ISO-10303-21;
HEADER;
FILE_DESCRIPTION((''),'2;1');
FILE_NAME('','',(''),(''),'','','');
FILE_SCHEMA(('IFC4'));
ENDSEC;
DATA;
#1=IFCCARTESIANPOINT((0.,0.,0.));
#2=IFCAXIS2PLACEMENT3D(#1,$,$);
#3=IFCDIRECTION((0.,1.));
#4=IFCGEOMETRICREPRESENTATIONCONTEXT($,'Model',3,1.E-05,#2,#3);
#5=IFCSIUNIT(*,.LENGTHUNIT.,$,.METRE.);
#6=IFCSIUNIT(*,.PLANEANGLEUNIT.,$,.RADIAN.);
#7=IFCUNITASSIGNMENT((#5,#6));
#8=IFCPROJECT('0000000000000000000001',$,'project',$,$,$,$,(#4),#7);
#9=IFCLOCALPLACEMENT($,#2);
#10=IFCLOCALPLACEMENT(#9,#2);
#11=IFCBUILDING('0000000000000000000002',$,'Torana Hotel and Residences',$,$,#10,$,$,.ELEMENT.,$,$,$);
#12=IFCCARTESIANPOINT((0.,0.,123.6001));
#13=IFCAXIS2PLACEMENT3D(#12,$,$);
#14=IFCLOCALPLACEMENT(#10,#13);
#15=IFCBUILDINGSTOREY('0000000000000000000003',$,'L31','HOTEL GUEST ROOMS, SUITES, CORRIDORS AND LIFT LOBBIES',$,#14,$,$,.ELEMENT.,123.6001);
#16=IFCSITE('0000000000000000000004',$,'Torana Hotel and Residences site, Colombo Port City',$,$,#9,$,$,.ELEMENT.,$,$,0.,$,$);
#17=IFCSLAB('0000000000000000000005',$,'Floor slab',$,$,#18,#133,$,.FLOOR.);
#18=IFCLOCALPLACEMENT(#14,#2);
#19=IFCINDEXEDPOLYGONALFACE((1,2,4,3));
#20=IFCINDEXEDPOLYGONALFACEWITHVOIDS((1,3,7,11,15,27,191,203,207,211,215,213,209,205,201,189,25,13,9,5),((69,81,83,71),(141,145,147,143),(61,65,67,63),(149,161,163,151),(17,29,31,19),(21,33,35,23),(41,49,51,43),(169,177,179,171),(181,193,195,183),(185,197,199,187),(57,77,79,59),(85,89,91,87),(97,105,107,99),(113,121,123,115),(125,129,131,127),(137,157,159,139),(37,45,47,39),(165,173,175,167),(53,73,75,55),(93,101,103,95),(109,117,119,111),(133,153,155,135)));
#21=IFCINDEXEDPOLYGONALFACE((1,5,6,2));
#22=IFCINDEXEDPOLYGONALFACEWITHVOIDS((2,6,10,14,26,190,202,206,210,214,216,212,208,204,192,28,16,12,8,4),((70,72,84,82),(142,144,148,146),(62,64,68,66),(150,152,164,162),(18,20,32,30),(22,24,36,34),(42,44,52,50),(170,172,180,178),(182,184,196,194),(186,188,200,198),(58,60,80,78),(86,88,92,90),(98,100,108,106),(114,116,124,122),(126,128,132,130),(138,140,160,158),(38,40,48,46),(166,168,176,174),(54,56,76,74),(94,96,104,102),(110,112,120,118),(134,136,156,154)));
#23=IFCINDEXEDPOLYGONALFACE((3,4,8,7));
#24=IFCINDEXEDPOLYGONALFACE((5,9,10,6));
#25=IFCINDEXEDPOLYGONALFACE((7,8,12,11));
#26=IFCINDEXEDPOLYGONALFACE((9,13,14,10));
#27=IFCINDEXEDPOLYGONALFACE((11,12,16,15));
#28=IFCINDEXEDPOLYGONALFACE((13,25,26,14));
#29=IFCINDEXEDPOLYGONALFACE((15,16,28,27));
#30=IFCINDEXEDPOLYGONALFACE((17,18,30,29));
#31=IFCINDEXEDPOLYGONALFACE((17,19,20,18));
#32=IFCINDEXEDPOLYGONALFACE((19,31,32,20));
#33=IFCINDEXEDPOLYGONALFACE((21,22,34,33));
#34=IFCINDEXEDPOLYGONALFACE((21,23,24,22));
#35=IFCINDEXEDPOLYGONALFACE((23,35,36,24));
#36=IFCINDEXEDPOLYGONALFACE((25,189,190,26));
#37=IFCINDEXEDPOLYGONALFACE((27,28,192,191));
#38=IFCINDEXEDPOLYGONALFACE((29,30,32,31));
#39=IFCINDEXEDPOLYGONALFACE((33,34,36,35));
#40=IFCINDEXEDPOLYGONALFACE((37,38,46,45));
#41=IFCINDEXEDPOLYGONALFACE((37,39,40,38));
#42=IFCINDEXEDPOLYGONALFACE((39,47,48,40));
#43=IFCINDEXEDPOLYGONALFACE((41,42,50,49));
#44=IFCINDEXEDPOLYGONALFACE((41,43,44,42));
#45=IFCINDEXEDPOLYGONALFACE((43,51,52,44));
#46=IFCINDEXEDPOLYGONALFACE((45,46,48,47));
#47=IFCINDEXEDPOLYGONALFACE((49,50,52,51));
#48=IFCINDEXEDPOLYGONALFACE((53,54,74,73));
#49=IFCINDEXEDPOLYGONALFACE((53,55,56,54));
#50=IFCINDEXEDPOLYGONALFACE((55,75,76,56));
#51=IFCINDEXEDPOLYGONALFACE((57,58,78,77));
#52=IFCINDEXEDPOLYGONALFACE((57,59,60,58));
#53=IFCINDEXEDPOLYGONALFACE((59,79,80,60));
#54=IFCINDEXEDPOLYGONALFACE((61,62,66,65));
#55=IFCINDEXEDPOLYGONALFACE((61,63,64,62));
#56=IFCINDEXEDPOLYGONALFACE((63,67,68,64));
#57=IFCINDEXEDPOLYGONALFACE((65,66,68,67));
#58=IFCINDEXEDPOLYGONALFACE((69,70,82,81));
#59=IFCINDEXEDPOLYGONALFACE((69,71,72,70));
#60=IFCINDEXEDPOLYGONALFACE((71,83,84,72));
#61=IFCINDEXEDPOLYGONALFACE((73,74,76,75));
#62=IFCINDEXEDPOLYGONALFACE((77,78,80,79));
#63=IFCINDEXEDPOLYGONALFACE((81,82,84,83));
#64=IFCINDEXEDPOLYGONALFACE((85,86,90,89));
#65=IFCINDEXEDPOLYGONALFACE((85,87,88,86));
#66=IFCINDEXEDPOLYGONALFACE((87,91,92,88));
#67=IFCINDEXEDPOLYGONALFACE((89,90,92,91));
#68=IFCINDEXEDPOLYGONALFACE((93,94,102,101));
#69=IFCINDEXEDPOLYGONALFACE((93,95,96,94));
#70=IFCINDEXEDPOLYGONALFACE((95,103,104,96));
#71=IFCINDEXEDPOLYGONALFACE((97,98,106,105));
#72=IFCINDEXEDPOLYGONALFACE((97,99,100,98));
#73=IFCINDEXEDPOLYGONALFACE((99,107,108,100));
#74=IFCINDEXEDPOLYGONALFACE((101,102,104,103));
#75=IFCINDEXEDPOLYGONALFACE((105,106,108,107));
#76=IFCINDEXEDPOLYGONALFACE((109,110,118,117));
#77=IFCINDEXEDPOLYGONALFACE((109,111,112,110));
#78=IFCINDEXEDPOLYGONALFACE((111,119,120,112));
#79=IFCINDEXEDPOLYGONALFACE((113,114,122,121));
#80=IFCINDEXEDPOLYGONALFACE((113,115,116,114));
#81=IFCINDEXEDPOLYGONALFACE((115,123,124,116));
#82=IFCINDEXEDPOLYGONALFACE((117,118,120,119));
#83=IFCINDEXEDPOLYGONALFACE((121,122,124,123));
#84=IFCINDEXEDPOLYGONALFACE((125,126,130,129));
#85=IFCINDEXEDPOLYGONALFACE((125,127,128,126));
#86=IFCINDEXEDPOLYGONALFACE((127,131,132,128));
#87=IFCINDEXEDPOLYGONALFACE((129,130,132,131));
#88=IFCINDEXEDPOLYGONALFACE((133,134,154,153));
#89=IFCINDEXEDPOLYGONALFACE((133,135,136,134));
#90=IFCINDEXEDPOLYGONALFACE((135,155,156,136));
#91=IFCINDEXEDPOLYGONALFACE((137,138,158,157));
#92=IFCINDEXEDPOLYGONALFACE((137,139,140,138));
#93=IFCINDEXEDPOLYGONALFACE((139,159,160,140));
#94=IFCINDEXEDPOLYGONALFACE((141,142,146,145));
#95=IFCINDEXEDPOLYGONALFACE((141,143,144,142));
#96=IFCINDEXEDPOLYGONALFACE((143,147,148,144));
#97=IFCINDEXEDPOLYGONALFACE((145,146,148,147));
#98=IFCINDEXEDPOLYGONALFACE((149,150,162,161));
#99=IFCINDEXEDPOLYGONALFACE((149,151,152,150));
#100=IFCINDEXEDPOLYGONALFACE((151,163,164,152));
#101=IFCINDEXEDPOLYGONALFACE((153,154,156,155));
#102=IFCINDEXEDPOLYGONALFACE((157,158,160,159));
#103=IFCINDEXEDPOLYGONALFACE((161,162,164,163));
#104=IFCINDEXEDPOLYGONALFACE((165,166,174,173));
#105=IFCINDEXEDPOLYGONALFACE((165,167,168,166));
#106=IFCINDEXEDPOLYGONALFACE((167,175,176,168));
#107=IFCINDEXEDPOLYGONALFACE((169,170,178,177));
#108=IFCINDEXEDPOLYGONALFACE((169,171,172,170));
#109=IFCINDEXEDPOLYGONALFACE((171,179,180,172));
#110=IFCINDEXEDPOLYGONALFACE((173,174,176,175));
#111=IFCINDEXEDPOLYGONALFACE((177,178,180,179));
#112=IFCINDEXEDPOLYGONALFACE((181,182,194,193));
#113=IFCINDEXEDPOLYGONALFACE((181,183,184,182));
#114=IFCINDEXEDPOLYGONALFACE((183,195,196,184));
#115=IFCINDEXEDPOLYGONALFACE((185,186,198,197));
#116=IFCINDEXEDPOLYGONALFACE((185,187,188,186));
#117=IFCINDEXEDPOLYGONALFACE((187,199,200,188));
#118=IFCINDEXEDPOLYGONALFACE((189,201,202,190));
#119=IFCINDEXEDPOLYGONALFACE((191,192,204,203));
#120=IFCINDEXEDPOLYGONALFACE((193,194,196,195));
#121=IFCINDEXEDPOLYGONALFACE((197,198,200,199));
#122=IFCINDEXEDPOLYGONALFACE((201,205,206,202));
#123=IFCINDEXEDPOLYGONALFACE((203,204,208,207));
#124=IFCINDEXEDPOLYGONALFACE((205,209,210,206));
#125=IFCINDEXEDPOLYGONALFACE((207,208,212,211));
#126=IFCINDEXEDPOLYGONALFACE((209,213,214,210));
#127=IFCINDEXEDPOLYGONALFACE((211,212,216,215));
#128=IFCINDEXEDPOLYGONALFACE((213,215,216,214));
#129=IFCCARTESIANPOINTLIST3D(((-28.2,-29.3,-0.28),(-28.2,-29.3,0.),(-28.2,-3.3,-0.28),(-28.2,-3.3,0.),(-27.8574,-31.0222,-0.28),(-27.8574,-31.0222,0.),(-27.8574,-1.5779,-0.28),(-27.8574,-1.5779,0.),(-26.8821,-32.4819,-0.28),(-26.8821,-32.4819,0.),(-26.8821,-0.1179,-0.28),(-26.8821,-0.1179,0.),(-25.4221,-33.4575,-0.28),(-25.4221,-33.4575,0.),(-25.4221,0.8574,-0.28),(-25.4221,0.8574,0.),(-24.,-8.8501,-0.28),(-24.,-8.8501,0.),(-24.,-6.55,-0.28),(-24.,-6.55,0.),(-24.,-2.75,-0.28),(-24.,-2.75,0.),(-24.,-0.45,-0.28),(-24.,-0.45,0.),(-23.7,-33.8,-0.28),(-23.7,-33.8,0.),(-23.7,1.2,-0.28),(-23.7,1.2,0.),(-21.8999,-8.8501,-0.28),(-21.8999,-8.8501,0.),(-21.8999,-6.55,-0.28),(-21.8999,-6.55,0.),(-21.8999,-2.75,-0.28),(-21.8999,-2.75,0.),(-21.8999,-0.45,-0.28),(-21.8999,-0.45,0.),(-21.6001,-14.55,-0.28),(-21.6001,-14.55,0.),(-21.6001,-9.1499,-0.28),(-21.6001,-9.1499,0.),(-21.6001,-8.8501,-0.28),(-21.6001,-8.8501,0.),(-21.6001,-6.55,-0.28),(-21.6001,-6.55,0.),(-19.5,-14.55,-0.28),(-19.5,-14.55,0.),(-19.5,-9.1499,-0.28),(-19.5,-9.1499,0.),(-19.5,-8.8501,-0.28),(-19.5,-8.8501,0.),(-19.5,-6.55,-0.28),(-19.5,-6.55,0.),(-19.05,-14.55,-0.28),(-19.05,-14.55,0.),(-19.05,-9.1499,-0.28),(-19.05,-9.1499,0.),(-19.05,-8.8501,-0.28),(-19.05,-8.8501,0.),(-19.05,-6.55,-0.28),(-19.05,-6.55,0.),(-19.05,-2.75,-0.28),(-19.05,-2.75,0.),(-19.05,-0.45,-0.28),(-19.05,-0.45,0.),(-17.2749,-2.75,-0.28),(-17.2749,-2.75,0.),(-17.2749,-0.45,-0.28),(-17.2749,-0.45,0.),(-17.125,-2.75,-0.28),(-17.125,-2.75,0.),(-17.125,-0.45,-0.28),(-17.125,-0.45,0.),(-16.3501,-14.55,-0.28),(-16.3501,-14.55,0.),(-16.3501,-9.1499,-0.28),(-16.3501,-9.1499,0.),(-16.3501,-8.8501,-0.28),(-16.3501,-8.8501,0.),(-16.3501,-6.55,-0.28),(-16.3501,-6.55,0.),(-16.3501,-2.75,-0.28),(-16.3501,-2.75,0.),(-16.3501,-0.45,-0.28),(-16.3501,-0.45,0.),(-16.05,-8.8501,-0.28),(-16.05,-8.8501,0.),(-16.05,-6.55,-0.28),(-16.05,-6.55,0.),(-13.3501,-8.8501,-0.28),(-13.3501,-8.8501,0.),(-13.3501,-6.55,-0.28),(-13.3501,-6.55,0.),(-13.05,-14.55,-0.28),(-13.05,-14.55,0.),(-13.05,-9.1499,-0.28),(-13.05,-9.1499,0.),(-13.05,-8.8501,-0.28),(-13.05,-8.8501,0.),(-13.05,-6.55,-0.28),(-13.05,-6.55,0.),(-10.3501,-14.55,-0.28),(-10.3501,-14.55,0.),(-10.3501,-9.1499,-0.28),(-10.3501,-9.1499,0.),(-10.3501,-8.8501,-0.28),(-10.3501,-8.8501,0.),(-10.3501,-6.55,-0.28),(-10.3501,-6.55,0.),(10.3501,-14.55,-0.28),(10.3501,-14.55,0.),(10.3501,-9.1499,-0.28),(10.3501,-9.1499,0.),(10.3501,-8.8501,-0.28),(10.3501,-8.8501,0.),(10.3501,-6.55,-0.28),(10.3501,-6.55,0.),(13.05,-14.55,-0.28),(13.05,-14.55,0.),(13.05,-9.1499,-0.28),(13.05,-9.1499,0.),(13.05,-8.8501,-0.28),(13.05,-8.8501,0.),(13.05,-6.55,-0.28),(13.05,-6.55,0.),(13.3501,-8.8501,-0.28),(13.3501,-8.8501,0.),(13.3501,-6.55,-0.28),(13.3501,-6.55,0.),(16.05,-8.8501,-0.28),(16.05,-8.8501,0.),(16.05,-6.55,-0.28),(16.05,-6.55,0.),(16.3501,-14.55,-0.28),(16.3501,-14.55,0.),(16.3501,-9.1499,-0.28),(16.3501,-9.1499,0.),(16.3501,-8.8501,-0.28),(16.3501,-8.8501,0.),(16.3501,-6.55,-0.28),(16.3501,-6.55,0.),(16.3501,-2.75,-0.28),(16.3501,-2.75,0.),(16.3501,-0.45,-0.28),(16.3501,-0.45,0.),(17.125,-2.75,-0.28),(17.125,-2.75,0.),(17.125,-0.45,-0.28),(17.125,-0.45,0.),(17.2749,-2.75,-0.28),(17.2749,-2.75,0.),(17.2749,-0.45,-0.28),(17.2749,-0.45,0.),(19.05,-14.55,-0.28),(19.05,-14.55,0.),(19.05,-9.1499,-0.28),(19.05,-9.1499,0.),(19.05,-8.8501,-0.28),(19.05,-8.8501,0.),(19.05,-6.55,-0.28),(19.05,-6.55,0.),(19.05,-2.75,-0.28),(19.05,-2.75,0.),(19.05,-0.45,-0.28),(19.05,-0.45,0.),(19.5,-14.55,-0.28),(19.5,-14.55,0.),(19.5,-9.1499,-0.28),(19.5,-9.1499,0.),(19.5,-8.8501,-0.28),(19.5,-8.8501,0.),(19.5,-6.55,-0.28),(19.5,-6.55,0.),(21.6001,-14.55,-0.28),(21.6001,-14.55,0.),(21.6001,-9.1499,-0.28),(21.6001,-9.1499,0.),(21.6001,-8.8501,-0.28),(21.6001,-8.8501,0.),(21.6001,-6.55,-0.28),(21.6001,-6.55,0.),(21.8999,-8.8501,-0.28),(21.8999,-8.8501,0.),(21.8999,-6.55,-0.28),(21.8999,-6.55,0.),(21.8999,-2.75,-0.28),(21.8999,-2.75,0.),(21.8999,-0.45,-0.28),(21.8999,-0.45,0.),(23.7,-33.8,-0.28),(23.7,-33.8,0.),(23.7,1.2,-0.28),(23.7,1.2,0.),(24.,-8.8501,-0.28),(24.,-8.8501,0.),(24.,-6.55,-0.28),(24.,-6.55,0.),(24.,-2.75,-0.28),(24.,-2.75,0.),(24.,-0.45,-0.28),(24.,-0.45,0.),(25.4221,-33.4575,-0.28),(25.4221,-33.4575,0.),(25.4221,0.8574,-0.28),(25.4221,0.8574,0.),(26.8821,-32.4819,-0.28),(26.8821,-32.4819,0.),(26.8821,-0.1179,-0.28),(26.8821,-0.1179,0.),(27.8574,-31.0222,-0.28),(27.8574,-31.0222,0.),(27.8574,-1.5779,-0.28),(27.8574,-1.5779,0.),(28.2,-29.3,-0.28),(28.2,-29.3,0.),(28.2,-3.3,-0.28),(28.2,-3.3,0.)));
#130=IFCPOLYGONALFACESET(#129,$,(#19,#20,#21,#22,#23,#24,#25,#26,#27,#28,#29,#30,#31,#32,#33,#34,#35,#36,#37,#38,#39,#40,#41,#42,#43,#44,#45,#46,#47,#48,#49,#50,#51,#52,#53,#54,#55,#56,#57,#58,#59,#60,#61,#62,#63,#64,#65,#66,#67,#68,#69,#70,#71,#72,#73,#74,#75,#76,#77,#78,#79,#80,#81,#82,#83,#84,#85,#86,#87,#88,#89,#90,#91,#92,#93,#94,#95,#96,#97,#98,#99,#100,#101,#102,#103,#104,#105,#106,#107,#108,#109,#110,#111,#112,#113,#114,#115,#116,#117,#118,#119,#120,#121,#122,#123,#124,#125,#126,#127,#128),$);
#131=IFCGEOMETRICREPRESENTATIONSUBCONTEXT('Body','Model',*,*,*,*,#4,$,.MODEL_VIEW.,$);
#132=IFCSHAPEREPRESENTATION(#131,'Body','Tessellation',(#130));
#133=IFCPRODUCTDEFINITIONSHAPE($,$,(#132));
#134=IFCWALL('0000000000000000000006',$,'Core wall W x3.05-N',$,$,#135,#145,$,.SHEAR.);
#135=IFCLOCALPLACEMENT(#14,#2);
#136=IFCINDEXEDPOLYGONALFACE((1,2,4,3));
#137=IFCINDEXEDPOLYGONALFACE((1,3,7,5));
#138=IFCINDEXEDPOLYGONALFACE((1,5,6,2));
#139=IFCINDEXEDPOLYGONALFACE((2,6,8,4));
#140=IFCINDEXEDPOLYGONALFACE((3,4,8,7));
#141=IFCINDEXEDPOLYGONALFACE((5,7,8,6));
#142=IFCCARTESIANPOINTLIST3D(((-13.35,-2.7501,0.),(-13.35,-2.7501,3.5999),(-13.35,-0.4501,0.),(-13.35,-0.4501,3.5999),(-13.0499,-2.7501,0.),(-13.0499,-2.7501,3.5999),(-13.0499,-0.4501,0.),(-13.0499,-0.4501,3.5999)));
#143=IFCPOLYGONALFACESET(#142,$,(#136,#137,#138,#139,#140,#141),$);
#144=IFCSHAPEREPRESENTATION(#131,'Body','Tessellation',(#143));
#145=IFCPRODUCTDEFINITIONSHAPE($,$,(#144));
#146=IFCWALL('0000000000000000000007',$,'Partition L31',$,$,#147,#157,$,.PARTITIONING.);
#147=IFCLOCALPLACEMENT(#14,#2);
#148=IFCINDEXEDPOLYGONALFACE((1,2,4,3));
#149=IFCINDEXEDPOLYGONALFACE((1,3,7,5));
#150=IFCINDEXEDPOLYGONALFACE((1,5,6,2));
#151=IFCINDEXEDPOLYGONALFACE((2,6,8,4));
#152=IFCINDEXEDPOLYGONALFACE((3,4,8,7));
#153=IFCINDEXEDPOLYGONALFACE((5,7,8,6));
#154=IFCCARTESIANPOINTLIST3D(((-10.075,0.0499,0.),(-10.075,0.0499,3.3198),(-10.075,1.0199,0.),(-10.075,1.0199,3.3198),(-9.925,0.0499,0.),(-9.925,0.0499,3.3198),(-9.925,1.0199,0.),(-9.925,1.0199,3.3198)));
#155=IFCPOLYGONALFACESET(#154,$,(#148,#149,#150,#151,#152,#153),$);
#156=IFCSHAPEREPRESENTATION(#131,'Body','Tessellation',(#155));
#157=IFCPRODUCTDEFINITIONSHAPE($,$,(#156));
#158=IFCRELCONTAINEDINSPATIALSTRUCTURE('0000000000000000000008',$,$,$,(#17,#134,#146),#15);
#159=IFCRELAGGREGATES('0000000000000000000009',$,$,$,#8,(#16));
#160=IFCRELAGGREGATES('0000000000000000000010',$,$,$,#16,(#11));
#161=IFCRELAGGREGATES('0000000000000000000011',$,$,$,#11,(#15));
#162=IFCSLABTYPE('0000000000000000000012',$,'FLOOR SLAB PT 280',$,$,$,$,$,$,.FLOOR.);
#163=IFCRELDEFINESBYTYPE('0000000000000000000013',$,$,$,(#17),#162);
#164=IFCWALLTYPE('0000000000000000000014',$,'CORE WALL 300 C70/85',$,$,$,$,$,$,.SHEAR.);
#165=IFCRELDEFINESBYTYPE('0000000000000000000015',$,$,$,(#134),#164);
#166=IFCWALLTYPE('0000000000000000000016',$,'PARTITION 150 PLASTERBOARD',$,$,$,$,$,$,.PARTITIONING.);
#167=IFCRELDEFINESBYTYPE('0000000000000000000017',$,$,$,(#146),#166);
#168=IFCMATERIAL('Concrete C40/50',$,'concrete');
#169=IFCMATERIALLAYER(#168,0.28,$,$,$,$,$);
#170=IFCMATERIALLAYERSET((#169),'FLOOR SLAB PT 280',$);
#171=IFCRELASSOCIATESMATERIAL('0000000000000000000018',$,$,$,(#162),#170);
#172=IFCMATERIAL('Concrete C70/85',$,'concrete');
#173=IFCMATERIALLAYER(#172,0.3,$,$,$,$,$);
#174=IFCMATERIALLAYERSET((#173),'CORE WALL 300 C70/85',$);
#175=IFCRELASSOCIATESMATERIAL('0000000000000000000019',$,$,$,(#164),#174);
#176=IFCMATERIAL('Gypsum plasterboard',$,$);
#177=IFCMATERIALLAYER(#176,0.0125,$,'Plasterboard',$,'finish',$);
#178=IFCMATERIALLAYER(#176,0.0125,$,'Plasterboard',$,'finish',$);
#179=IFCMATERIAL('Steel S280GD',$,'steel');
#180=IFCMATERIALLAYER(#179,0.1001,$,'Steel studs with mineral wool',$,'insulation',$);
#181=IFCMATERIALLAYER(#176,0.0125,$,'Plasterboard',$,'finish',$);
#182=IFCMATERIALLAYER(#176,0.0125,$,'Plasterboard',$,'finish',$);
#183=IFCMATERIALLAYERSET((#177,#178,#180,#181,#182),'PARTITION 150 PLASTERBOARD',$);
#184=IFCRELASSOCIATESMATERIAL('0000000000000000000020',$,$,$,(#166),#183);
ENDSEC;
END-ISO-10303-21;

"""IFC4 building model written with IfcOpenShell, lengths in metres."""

from ifc_helpers import new_model, si_unit, direction, frame, frame_2d, origin, place, context, subcontext, project, spatial, polyline, rectangle, outline, extrude, material, layer, layer_set, type_object, element, save


model = new_model("IFC4")

# Units and contexts
model_context = context("Model", 3, precision=1e-05, world=origin(), true_north=direction((0.0, 1.0)))
body_context = subcontext(model_context, "Body", "Model", "MODEL_VIEW")
ifc_project = project(units=[si_unit("LENGTHUNIT", "METRE"), si_unit("PLANEANGLEUNIT", "RADIAN")], contexts=[model_context])

# Site, building, storey
site_placement = place(None, origin())
site = spatial("IfcSite", under=ifc_project, at=site_placement, Name="Torana Hotel and Residences site, Colombo Port City", CompositionType="ELEMENT", RefElevation=0.0)
building_placement = place(site_placement, origin())
building = spatial("IfcBuilding", under=site, at=building_placement, Name="Torana Hotel and Residences", CompositionType="ELEMENT")
storey_placement = place(building_placement, frame((0.0, 0.0, 123.6001)))
storey = spatial("IfcBuildingStorey", under=building, at=storey_placement, Name="L31", Description="HOTEL GUEST ROOMS, SUITES, CORRIDORS AND LIFT LOBBIES", CompositionType="ELEMENT", Elevation=123.6001)

# Slab
ifc_material_1 = material(Name="Concrete C40/50", Category="concrete")
ifc_layer_1 = layer(ifc_material_1, 0.28)
ifc_layer_set_1 = layer_set([ifc_layer_1], Name="FLOOR SLAB PT 280")
slab_type_1 = type_object("IfcSlabType", Name="FLOOR SLAB PT 280", PredefinedType="FLOOR", material=ifc_layer_set_1)
slab_1_placement = place(storey_placement, frame((0.0, 0.0, -0.28)))
element("IfcSlab", 1, at=slab_1_placement, inside=storey, type_object=slab_type_1, Name="Floor slab", PredefinedType="FLOOR", context=body_context, shape_type="SweptSolid", body=[
    extrude(outline(polyline([(28.2, -3.3), (27.8574, -1.5779), (26.8821, -0.1179), (25.4221, 0.8574), (23.7, 1.2), (-23.7, 1.2), (-25.4221, 0.8574), (-26.8821, -0.1179), (-27.8574, -1.5779), (-28.2, -3.3), (-28.2, -29.3), (-27.8574, -31.0222), (-26.8821, -32.4819), (-25.4221, -33.4575), (-23.7, -33.8), (23.7, -33.8), (25.4221, -33.4575), (26.8821, -32.4819), (27.8574, -31.0222), (28.2, -29.3), (28.2, -3.3)]), holes=[polyline([(-13.05, -14.55), (-10.3501, -14.55), (-10.3501, -9.1499), (-13.05, -9.1499), (-13.05, -14.55)]), polyline([(-19.05, -14.55), (-16.3501, -14.55), (-16.3501, -9.1499), (-19.05, -9.1499), (-19.05, -14.55)]), polyline([(-17.125, -2.75), (-16.3501, -2.75), (-16.3501, -0.45), (-17.125, -0.45), (-17.125, -2.75)]), polyline([(-19.05, -2.75), (-17.2749, -2.75), (-17.2749, -0.45), (-19.05, -0.45), (-19.05, -2.75)]), polyline([(-21.6001, -8.8501), (-19.5, -8.8501), (-19.5, -6.55), (-21.6001, -6.55), (-21.6001, -8.8501)]), polyline([(-24.0, -2.75), (-21.8999, -2.75), (-21.8999, -0.45), (-24.0, -0.45), (-24.0, -2.75)]), polyline([(-24.0, -8.8501), (-21.8999, -8.8501), (-21.8999, -6.55), (-24.0, -6.55), (-24.0, -8.8501)]), polyline([(-13.05, -8.8501), (-10.3501, -8.8501), (-10.3501, -6.55), (-13.05, -6.55), (-13.05, -8.8501)]), polyline([(-16.05, -8.8501), (-13.3501, -8.8501), (-13.3501, -6.55), (-16.05, -6.55), (-16.05, -8.8501)]), polyline([(-19.05, -8.8501), (-16.3501, -8.8501), (-16.3501, -6.55), (-19.05, -6.55), (-19.05, -8.8501)]), polyline([(-21.6001, -14.55), (-19.5, -14.55), (-19.5, -9.1499), (-21.6001, -9.1499), (-21.6001, -14.55)]), polyline([(10.3501, -14.55), (13.05, -14.55), (13.05, -9.1499), (10.3501, -9.1499), (10.3501, -14.55)]), polyline([(16.3501, -14.55), (19.05, -14.55), (19.05, -9.1499), (16.3501, -9.1499), (16.3501, -14.55)]), polyline([(16.3501, -2.75), (17.125, -2.75), (17.125, -0.45), (16.3501, -0.45), (16.3501, -2.75)]), polyline([(17.2749, -2.75), (19.05, -2.75), (19.05, -0.45), (17.2749, -0.45), (17.2749, -2.75)]), polyline([(19.5, -8.8501), (21.6001, -8.8501), (21.6001, -6.55), (19.5, -6.55), (19.5, -8.8501)]), polyline([(21.8999, -2.75), (24.0, -2.75), (24.0, -0.45), (21.8999, -0.45), (21.8999, -2.75)]), polyline([(21.8999, -8.8501), (24.0, -8.8501), (24.0, -6.55), (21.8999, -6.55), (21.8999, -8.8501)]), polyline([(10.3501, -8.8501), (13.05, -8.8501), (13.05, -6.55), (10.3501, -6.55), (10.3501, -8.8501)]), polyline([(13.3501, -8.8501), (16.05, -8.8501), (16.05, -6.55), (13.3501, -6.55), (13.3501, -8.8501)]), polyline([(16.3501, -8.8501), (19.05, -8.8501), (19.05, -6.55), (16.3501, -6.55), (16.3501, -8.8501)]), polyline([(19.5, -14.55), (21.6001, -14.55), (21.6001, -9.1499), (19.5, -9.1499), (19.5, -14.55)])]), origin(), (0.0, 0.0, 1.0), 0.28),
])

# Walls
ifc_material_2 = material(Name="Concrete C70/85", Category="concrete")
ifc_layer_2 = layer(ifc_material_2, 0.3)
ifc_layer_set_2 = layer_set([ifc_layer_2], Name="CORE WALL 300 C70/85")
wall_type_1 = type_object("IfcWallType", Name="CORE WALL 300 C70/85", PredefinedType="SHEAR", material=ifc_layer_set_2)
wall_1_placement = place(storey_placement, frame((-13.2, -2.75, 0.0), z_axis=(0.0, 0.0, 1.0), x_axis=(0.0, 1.0, 0.0)))
element("IfcWall", 2, at=wall_1_placement, inside=storey, type_object=wall_type_1, Name="Core wall W x3.05-N", PredefinedType="SHEAR", context=body_context, shape_type="SweptSolid", body=[
    extrude(rectangle(XDim=2.3, YDim=0.3, at=frame_2d((1.1499, 0.0))), origin(), (0.0, 0.0, 1.0), 3.5999),
])
ifc_material_3 = material(Name="Gypsum plasterboard")
ifc_layer_3 = layer(ifc_material_3, 0.0125, Name="Plasterboard", Category="finish")
ifc_layer_4 = layer(ifc_material_3, 0.0125, Name="Plasterboard", Category="finish")
ifc_material_4 = material(Name="Steel S280GD", Category="steel")
ifc_layer_5 = layer(ifc_material_4, 0.1001, Name="Steel studs with mineral wool", Category="insulation")
ifc_layer_6 = layer(ifc_material_3, 0.0125, Name="Plasterboard", Category="finish")
ifc_layer_7 = layer(ifc_material_3, 0.0125, Name="Plasterboard", Category="finish")
ifc_layer_set_3 = layer_set([ifc_layer_3, ifc_layer_4, ifc_layer_5, ifc_layer_6, ifc_layer_7], Name="PARTITION 150 PLASTERBOARD")
wall_type_2 = type_object("IfcWallType", Name="PARTITION 150 PLASTERBOARD", PredefinedType="PARTITIONING", material=ifc_layer_set_3)
wall_2_placement = place(storey_placement, frame((-10.0, 0.05, 0.0), z_axis=(0.0, 0.0, 1.0), x_axis=(0.0, 1.0, 0.0)))
element("IfcWall", 3, at=wall_2_placement, inside=storey, type_object=wall_type_2, Name="Partition L31", PredefinedType="PARTITIONING", context=body_context, shape_type="SweptSolid", body=[
    extrude(rectangle(XDim=0.97, YDim=0.1499, at=frame_2d((0.4849, 0.0))), origin(), (0.0, 0.0, 1.0), 3.3198),
])

save(model, "model.ifc")
